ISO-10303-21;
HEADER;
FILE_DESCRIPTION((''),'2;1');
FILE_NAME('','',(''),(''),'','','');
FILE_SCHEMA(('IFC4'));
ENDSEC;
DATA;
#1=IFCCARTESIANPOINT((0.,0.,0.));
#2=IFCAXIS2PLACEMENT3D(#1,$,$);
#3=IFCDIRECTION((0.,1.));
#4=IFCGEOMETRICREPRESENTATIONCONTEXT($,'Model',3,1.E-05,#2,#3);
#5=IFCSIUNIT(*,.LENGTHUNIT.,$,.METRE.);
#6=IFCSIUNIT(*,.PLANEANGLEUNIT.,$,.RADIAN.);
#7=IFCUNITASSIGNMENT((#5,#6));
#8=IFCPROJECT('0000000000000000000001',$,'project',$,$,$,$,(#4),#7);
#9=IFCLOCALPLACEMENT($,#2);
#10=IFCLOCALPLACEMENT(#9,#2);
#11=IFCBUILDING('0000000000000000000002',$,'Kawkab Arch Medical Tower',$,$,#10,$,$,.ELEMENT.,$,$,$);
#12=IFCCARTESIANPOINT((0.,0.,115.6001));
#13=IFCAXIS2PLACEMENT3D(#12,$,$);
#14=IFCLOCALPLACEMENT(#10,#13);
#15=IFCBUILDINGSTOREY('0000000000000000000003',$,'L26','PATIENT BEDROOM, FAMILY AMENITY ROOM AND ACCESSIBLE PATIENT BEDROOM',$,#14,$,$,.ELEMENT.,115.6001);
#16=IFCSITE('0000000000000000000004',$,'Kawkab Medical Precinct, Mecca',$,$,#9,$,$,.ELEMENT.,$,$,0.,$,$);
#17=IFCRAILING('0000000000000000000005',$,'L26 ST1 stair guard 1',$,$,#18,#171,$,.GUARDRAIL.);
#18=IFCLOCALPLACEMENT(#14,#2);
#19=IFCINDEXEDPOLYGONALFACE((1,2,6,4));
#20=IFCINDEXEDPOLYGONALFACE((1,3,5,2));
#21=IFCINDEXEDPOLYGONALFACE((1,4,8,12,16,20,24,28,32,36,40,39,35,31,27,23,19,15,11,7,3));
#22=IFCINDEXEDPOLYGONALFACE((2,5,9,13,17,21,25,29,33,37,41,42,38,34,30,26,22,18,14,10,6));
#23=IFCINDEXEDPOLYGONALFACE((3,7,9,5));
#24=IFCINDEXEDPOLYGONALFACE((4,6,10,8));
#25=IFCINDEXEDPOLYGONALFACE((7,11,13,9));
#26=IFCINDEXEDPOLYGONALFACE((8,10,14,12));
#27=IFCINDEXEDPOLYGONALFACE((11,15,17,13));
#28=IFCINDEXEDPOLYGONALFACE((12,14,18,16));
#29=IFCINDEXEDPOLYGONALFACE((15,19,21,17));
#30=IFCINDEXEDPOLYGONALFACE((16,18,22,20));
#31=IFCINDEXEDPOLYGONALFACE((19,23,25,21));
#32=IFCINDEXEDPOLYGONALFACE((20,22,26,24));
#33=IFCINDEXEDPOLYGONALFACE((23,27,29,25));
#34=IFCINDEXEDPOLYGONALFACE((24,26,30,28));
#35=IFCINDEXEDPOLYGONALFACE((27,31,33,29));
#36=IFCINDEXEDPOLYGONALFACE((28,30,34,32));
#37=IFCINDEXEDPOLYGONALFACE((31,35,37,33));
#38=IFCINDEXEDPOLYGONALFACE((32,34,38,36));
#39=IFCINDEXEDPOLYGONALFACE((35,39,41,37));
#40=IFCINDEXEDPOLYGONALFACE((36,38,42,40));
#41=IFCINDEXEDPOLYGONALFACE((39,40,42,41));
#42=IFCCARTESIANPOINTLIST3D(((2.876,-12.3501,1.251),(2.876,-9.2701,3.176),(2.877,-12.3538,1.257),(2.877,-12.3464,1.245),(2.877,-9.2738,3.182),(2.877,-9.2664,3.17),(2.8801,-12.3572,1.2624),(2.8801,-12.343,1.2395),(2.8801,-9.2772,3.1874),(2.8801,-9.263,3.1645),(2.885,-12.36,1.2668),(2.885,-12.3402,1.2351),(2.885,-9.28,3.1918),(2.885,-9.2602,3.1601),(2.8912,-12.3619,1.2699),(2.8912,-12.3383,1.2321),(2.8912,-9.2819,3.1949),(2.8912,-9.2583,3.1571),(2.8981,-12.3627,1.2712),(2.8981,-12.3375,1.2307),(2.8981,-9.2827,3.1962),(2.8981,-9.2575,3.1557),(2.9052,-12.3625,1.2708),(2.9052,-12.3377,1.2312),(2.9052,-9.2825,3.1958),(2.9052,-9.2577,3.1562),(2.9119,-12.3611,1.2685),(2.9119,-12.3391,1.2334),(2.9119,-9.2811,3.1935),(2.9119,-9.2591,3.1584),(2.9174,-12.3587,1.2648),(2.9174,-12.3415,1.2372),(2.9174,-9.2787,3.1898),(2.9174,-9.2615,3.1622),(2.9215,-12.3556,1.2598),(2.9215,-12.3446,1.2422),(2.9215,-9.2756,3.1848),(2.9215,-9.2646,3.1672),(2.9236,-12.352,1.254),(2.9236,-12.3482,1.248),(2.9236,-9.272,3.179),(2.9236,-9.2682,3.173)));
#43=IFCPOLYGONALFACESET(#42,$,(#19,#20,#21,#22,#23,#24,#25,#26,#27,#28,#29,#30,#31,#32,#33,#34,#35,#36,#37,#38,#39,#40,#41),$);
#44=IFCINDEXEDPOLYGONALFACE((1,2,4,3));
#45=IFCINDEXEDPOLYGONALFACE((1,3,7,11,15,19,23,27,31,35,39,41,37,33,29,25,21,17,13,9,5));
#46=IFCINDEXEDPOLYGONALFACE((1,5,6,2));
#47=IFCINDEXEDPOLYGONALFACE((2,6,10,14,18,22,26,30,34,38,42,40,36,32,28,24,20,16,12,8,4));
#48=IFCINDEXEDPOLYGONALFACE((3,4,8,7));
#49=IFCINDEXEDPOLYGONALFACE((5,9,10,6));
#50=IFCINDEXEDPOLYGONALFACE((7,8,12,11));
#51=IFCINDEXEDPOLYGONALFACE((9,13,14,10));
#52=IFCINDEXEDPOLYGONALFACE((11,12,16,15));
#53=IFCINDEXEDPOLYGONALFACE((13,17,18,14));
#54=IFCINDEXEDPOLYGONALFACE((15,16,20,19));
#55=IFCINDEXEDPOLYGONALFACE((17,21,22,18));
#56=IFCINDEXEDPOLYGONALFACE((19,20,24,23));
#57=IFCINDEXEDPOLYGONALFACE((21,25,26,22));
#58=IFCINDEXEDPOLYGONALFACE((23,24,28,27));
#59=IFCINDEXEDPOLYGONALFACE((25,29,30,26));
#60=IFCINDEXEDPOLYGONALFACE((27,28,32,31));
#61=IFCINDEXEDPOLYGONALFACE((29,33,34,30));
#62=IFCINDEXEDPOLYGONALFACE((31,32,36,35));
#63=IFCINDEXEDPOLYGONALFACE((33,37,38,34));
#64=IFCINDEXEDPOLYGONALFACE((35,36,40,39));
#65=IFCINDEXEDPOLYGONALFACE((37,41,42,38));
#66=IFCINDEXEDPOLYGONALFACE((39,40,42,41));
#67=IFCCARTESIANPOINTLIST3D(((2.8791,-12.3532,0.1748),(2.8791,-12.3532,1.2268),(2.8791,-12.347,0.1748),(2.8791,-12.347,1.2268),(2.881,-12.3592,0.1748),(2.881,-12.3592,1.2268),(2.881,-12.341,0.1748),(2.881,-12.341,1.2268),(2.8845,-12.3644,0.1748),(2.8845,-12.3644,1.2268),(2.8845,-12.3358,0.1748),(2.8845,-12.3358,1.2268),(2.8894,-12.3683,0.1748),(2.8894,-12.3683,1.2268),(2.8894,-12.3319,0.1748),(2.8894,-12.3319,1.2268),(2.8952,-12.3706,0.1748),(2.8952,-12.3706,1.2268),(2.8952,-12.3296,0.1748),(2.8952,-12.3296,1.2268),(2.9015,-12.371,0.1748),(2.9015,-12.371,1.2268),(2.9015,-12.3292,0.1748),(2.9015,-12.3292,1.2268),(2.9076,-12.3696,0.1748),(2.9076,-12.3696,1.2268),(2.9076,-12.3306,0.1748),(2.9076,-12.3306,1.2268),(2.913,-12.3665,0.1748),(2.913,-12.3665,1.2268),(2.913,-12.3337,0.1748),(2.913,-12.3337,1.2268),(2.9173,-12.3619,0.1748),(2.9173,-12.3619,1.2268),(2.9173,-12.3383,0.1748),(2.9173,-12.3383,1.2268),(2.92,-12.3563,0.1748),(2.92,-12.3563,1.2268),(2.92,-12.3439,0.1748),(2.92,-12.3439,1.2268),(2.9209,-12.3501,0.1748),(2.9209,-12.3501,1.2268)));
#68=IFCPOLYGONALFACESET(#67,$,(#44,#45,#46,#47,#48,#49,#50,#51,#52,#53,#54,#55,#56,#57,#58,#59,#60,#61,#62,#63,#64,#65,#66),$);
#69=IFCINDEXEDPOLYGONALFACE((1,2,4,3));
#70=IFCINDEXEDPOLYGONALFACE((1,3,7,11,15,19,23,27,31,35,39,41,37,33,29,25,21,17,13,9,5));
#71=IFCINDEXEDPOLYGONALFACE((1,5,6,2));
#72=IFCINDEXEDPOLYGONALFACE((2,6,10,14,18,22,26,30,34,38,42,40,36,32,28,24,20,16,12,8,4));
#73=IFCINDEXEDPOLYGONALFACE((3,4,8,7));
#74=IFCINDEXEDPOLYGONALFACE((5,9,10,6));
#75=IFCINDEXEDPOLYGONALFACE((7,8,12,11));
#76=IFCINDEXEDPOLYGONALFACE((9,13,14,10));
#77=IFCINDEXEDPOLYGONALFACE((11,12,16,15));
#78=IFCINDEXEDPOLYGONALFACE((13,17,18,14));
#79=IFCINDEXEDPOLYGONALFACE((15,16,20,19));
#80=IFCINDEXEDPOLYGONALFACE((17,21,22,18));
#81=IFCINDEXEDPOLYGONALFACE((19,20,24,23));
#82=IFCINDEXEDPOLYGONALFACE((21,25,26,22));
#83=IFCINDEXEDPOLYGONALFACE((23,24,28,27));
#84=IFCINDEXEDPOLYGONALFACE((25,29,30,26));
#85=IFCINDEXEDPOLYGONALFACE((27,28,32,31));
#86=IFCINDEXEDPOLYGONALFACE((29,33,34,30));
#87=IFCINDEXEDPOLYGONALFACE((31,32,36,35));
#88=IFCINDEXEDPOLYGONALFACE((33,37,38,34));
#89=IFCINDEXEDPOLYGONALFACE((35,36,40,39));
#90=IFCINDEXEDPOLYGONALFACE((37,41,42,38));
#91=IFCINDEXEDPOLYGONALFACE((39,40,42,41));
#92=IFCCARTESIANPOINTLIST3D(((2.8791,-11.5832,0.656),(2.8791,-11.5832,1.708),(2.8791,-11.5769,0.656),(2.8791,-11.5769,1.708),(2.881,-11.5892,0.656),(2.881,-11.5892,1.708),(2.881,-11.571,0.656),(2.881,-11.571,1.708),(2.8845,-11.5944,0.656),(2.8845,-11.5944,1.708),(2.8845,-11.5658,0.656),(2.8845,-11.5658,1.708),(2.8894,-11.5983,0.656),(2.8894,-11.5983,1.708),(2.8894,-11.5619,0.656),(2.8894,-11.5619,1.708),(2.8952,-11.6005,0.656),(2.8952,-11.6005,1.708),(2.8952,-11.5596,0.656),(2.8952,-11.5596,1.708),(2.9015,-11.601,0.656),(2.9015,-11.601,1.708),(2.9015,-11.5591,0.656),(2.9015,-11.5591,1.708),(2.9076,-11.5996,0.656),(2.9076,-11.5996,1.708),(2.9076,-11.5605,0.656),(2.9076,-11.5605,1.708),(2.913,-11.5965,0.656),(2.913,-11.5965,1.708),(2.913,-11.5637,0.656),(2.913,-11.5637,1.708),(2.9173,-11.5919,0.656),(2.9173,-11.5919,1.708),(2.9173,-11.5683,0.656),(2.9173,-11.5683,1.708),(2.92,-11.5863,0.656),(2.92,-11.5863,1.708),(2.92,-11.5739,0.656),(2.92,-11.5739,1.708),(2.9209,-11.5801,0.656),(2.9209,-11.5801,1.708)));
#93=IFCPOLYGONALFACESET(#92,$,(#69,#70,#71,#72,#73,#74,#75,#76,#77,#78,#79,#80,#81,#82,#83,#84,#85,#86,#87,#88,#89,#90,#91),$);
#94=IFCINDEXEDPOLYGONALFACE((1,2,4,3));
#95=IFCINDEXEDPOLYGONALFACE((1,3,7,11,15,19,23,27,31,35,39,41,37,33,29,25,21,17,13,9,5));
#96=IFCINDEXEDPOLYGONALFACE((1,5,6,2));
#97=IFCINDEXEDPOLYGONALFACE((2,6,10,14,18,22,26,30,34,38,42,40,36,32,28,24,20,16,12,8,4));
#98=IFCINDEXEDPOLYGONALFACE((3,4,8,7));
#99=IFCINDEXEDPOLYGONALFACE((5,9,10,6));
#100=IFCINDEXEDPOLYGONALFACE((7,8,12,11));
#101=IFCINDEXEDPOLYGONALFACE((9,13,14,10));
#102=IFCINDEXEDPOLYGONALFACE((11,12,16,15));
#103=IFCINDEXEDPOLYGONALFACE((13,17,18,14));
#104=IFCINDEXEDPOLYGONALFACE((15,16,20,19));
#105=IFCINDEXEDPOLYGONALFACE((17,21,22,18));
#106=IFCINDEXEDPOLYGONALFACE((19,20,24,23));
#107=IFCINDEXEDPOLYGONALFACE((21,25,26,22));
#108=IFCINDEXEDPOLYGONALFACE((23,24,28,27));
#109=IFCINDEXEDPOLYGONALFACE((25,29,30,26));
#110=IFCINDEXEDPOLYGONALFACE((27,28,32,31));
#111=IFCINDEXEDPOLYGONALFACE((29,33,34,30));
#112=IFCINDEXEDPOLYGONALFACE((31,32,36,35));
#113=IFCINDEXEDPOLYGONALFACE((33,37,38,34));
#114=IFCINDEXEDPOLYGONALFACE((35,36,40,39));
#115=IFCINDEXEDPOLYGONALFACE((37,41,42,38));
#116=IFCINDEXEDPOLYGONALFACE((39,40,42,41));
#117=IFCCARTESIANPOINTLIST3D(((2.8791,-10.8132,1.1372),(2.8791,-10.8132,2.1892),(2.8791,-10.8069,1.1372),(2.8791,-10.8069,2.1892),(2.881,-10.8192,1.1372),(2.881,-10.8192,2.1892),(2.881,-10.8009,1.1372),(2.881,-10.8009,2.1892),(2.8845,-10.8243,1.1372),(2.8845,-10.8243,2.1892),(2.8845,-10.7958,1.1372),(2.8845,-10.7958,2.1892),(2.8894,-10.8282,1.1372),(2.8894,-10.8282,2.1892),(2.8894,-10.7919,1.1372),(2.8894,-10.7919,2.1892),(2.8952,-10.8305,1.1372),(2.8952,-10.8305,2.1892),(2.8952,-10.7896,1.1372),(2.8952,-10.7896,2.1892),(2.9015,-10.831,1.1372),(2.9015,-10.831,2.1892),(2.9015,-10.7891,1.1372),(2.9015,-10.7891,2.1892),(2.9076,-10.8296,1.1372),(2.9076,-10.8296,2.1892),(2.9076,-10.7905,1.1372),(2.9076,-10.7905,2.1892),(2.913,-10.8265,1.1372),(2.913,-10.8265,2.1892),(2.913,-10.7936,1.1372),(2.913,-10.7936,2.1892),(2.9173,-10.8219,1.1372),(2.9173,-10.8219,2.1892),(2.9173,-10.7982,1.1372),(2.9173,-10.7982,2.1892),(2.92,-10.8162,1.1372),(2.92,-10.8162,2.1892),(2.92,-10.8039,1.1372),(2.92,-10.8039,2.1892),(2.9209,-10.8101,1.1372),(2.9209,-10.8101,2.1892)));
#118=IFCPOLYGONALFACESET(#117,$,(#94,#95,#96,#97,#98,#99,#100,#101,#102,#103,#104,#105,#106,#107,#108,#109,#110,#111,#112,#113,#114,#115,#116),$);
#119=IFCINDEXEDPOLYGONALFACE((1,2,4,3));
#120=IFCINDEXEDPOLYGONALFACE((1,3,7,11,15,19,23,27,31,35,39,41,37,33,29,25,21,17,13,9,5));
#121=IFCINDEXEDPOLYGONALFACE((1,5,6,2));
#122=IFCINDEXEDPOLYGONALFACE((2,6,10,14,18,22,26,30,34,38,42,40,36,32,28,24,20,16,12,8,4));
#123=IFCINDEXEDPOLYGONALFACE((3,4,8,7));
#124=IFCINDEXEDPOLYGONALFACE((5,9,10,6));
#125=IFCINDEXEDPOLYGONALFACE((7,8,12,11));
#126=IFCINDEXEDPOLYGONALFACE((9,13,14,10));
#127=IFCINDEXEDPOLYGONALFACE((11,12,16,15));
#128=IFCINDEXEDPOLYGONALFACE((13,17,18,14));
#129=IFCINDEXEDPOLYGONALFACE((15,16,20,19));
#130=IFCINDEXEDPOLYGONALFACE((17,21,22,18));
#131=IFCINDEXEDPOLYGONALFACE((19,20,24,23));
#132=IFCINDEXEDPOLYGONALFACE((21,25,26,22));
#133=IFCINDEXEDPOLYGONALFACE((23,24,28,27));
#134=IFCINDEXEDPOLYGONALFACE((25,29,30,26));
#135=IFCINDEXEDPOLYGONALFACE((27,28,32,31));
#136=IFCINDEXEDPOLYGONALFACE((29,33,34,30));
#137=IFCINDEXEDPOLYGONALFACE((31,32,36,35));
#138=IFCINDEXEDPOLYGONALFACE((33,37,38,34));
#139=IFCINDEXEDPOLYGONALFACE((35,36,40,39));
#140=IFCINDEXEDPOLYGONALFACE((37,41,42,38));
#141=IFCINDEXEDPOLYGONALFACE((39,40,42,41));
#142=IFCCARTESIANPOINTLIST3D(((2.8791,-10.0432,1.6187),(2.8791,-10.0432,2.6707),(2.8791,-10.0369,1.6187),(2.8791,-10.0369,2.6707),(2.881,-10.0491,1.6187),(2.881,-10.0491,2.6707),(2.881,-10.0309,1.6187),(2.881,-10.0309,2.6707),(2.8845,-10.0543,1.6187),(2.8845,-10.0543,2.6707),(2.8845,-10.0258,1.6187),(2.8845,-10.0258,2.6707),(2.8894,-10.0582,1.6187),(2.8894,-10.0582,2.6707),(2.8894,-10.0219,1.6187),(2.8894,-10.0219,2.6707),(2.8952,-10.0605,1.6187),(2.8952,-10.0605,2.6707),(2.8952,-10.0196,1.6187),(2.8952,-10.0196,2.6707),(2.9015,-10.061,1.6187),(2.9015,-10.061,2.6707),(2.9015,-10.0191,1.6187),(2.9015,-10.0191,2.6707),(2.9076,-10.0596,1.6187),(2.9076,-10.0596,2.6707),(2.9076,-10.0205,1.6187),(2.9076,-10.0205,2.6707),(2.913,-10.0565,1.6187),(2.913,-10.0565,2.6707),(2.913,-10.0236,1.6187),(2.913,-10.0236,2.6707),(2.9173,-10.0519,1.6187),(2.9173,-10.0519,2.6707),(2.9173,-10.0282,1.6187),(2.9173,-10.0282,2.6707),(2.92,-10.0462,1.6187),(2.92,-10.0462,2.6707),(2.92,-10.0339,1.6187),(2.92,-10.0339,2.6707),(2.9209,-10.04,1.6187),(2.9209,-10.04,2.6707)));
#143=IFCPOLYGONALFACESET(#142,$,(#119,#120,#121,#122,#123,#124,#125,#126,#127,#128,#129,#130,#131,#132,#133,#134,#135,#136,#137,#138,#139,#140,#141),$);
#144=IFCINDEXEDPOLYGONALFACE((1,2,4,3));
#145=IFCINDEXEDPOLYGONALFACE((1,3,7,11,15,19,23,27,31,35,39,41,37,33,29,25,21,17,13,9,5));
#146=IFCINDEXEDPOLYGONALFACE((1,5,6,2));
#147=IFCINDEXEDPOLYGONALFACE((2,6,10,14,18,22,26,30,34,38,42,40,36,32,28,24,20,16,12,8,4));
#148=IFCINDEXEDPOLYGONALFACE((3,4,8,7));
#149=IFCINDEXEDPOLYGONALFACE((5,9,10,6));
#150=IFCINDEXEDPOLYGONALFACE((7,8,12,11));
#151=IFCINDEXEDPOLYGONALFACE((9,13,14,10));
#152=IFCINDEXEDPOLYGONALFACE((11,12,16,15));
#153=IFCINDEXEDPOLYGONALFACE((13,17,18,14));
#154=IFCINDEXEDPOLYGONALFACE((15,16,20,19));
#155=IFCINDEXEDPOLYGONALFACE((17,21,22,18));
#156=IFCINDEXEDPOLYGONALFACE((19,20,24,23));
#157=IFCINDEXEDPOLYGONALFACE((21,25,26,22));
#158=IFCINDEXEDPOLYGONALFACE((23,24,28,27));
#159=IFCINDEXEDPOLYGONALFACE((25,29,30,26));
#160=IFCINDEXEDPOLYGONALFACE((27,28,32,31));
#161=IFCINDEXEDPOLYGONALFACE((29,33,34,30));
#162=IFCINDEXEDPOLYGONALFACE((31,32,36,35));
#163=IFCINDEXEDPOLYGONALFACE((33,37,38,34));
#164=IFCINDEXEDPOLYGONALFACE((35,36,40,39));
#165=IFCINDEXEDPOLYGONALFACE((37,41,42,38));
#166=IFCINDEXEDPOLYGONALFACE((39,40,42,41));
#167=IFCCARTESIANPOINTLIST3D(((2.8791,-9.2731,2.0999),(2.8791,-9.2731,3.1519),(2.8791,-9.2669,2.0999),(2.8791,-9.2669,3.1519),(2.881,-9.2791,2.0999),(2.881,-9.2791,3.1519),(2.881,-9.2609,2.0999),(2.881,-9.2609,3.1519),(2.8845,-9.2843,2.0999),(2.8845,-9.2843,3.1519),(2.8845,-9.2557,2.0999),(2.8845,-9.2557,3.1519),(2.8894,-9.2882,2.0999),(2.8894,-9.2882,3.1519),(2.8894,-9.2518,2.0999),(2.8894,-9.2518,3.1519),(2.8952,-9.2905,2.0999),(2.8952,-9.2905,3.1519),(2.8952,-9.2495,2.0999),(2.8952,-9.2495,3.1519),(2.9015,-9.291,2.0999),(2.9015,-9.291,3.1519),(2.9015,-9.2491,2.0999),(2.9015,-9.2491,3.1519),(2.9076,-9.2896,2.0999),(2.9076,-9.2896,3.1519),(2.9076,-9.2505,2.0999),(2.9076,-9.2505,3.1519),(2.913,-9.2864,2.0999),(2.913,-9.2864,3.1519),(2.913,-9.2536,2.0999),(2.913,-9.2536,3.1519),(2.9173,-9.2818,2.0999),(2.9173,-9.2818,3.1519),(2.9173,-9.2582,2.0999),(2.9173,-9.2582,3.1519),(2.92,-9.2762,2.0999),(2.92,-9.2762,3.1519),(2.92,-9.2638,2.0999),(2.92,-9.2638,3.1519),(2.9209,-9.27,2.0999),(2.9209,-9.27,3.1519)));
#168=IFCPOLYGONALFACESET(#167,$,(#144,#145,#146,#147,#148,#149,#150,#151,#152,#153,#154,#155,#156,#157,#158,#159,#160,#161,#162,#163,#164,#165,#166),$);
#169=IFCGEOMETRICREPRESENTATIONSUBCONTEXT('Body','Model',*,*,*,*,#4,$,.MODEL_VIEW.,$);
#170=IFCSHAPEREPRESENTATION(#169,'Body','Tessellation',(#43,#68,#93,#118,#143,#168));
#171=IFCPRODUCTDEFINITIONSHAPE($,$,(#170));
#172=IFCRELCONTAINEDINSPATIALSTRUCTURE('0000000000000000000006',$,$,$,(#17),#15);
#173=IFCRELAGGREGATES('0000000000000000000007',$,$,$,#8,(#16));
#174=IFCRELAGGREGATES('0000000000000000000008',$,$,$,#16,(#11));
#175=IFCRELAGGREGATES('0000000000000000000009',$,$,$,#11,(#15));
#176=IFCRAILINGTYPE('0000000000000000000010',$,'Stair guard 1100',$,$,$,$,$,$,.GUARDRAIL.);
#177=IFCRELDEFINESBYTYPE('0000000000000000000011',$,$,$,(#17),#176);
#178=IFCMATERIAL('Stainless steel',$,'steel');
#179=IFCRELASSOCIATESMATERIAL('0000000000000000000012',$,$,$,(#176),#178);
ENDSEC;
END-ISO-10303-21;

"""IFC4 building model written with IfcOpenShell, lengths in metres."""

from ifc_helpers import new_model, si_unit, direction, frame, origin, origin_2d, place, context, subcontext, project, spatial, circle, extrude, material, type_object, element, save


model = new_model("IFC4")

# Units and contexts
model_context = context("Model", 3, precision=1e-05, world=origin(), true_north=direction((0.0, 1.0)))
body_context = subcontext(model_context, "Body", "Model", "MODEL_VIEW")
ifc_project = project(units=[si_unit("LENGTHUNIT", "METRE"), si_unit("PLANEANGLEUNIT", "RADIAN")], contexts=[model_context])

# Site, building, storey
site_placement = place(None, origin())
site = spatial("IfcSite", under=ifc_project, at=site_placement, Name="Kawkab Medical Precinct, Mecca", CompositionType="ELEMENT", RefElevation=0.0)
building_placement = place(site_placement, origin())
building = spatial("IfcBuilding", under=site, at=building_placement, Name="Kawkab Arch Medical Tower", CompositionType="ELEMENT")
storey_placement = place(building_placement, frame((0.0, 0.0, 115.6001)))
storey = spatial("IfcBuildingStorey", under=building, at=storey_placement, Name="L26", Description="PATIENT BEDROOM, FAMILY AMENITY ROOM AND ACCESSIBLE PATIENT BEDROOM", CompositionType="ELEMENT", Elevation=115.6001)

# Railing
ifc_material_1 = material(Name="Stainless steel", Category="steel")
railing_type_1 = type_object("IfcRailingType", Name="Stair guard 1100", PredefinedType="GUARDRAIL", material=ifc_material_1)
railing_1_placement = place(storey_placement, frame((2.8999, -12.3501, 0.1748)))
element("IfcRailing", 1, at=railing_1_placement, inside=storey, type_object=railing_type_1, Name="L26 ST1 stair guard 1", PredefinedType="GUARDRAIL", context=body_context, shape_type="SweptSolid", body=[
    extrude(circle(Radius=0.0239, at=origin_2d()), frame((0.0, 0.0, 1.0762), z_axis=(0.0, 0.847998, 0.529999), x_axis=(-1.0, 0.0, 0.0)), (0.0, 0.0, 1.0), 3.6321),
    extrude(circle(Radius=0.021, at=origin_2d()), origin(), (0.0, 0.0, 1.0), 1.052),
    extrude(circle(Radius=0.021, at=origin_2d()), frame((0.0, 0.77, 0.4812)), (0.0, 0.0, 1.0), 1.052),
    extrude(circle(Radius=0.021, at=origin_2d()), frame((0.0, 1.54, 0.9624)), (0.0, 0.0, 1.0), 1.052),
    extrude(circle(Radius=0.021, at=origin_2d()), frame((0.0, 2.3101, 1.4438)), (0.0, 0.0, 1.0), 1.052),
    extrude(circle(Radius=0.021, at=origin_2d()), frame((0.0, 3.0801, 1.925)), (0.0, 0.0, 1.0), 1.052),
])

save(model, "model.ifc")
